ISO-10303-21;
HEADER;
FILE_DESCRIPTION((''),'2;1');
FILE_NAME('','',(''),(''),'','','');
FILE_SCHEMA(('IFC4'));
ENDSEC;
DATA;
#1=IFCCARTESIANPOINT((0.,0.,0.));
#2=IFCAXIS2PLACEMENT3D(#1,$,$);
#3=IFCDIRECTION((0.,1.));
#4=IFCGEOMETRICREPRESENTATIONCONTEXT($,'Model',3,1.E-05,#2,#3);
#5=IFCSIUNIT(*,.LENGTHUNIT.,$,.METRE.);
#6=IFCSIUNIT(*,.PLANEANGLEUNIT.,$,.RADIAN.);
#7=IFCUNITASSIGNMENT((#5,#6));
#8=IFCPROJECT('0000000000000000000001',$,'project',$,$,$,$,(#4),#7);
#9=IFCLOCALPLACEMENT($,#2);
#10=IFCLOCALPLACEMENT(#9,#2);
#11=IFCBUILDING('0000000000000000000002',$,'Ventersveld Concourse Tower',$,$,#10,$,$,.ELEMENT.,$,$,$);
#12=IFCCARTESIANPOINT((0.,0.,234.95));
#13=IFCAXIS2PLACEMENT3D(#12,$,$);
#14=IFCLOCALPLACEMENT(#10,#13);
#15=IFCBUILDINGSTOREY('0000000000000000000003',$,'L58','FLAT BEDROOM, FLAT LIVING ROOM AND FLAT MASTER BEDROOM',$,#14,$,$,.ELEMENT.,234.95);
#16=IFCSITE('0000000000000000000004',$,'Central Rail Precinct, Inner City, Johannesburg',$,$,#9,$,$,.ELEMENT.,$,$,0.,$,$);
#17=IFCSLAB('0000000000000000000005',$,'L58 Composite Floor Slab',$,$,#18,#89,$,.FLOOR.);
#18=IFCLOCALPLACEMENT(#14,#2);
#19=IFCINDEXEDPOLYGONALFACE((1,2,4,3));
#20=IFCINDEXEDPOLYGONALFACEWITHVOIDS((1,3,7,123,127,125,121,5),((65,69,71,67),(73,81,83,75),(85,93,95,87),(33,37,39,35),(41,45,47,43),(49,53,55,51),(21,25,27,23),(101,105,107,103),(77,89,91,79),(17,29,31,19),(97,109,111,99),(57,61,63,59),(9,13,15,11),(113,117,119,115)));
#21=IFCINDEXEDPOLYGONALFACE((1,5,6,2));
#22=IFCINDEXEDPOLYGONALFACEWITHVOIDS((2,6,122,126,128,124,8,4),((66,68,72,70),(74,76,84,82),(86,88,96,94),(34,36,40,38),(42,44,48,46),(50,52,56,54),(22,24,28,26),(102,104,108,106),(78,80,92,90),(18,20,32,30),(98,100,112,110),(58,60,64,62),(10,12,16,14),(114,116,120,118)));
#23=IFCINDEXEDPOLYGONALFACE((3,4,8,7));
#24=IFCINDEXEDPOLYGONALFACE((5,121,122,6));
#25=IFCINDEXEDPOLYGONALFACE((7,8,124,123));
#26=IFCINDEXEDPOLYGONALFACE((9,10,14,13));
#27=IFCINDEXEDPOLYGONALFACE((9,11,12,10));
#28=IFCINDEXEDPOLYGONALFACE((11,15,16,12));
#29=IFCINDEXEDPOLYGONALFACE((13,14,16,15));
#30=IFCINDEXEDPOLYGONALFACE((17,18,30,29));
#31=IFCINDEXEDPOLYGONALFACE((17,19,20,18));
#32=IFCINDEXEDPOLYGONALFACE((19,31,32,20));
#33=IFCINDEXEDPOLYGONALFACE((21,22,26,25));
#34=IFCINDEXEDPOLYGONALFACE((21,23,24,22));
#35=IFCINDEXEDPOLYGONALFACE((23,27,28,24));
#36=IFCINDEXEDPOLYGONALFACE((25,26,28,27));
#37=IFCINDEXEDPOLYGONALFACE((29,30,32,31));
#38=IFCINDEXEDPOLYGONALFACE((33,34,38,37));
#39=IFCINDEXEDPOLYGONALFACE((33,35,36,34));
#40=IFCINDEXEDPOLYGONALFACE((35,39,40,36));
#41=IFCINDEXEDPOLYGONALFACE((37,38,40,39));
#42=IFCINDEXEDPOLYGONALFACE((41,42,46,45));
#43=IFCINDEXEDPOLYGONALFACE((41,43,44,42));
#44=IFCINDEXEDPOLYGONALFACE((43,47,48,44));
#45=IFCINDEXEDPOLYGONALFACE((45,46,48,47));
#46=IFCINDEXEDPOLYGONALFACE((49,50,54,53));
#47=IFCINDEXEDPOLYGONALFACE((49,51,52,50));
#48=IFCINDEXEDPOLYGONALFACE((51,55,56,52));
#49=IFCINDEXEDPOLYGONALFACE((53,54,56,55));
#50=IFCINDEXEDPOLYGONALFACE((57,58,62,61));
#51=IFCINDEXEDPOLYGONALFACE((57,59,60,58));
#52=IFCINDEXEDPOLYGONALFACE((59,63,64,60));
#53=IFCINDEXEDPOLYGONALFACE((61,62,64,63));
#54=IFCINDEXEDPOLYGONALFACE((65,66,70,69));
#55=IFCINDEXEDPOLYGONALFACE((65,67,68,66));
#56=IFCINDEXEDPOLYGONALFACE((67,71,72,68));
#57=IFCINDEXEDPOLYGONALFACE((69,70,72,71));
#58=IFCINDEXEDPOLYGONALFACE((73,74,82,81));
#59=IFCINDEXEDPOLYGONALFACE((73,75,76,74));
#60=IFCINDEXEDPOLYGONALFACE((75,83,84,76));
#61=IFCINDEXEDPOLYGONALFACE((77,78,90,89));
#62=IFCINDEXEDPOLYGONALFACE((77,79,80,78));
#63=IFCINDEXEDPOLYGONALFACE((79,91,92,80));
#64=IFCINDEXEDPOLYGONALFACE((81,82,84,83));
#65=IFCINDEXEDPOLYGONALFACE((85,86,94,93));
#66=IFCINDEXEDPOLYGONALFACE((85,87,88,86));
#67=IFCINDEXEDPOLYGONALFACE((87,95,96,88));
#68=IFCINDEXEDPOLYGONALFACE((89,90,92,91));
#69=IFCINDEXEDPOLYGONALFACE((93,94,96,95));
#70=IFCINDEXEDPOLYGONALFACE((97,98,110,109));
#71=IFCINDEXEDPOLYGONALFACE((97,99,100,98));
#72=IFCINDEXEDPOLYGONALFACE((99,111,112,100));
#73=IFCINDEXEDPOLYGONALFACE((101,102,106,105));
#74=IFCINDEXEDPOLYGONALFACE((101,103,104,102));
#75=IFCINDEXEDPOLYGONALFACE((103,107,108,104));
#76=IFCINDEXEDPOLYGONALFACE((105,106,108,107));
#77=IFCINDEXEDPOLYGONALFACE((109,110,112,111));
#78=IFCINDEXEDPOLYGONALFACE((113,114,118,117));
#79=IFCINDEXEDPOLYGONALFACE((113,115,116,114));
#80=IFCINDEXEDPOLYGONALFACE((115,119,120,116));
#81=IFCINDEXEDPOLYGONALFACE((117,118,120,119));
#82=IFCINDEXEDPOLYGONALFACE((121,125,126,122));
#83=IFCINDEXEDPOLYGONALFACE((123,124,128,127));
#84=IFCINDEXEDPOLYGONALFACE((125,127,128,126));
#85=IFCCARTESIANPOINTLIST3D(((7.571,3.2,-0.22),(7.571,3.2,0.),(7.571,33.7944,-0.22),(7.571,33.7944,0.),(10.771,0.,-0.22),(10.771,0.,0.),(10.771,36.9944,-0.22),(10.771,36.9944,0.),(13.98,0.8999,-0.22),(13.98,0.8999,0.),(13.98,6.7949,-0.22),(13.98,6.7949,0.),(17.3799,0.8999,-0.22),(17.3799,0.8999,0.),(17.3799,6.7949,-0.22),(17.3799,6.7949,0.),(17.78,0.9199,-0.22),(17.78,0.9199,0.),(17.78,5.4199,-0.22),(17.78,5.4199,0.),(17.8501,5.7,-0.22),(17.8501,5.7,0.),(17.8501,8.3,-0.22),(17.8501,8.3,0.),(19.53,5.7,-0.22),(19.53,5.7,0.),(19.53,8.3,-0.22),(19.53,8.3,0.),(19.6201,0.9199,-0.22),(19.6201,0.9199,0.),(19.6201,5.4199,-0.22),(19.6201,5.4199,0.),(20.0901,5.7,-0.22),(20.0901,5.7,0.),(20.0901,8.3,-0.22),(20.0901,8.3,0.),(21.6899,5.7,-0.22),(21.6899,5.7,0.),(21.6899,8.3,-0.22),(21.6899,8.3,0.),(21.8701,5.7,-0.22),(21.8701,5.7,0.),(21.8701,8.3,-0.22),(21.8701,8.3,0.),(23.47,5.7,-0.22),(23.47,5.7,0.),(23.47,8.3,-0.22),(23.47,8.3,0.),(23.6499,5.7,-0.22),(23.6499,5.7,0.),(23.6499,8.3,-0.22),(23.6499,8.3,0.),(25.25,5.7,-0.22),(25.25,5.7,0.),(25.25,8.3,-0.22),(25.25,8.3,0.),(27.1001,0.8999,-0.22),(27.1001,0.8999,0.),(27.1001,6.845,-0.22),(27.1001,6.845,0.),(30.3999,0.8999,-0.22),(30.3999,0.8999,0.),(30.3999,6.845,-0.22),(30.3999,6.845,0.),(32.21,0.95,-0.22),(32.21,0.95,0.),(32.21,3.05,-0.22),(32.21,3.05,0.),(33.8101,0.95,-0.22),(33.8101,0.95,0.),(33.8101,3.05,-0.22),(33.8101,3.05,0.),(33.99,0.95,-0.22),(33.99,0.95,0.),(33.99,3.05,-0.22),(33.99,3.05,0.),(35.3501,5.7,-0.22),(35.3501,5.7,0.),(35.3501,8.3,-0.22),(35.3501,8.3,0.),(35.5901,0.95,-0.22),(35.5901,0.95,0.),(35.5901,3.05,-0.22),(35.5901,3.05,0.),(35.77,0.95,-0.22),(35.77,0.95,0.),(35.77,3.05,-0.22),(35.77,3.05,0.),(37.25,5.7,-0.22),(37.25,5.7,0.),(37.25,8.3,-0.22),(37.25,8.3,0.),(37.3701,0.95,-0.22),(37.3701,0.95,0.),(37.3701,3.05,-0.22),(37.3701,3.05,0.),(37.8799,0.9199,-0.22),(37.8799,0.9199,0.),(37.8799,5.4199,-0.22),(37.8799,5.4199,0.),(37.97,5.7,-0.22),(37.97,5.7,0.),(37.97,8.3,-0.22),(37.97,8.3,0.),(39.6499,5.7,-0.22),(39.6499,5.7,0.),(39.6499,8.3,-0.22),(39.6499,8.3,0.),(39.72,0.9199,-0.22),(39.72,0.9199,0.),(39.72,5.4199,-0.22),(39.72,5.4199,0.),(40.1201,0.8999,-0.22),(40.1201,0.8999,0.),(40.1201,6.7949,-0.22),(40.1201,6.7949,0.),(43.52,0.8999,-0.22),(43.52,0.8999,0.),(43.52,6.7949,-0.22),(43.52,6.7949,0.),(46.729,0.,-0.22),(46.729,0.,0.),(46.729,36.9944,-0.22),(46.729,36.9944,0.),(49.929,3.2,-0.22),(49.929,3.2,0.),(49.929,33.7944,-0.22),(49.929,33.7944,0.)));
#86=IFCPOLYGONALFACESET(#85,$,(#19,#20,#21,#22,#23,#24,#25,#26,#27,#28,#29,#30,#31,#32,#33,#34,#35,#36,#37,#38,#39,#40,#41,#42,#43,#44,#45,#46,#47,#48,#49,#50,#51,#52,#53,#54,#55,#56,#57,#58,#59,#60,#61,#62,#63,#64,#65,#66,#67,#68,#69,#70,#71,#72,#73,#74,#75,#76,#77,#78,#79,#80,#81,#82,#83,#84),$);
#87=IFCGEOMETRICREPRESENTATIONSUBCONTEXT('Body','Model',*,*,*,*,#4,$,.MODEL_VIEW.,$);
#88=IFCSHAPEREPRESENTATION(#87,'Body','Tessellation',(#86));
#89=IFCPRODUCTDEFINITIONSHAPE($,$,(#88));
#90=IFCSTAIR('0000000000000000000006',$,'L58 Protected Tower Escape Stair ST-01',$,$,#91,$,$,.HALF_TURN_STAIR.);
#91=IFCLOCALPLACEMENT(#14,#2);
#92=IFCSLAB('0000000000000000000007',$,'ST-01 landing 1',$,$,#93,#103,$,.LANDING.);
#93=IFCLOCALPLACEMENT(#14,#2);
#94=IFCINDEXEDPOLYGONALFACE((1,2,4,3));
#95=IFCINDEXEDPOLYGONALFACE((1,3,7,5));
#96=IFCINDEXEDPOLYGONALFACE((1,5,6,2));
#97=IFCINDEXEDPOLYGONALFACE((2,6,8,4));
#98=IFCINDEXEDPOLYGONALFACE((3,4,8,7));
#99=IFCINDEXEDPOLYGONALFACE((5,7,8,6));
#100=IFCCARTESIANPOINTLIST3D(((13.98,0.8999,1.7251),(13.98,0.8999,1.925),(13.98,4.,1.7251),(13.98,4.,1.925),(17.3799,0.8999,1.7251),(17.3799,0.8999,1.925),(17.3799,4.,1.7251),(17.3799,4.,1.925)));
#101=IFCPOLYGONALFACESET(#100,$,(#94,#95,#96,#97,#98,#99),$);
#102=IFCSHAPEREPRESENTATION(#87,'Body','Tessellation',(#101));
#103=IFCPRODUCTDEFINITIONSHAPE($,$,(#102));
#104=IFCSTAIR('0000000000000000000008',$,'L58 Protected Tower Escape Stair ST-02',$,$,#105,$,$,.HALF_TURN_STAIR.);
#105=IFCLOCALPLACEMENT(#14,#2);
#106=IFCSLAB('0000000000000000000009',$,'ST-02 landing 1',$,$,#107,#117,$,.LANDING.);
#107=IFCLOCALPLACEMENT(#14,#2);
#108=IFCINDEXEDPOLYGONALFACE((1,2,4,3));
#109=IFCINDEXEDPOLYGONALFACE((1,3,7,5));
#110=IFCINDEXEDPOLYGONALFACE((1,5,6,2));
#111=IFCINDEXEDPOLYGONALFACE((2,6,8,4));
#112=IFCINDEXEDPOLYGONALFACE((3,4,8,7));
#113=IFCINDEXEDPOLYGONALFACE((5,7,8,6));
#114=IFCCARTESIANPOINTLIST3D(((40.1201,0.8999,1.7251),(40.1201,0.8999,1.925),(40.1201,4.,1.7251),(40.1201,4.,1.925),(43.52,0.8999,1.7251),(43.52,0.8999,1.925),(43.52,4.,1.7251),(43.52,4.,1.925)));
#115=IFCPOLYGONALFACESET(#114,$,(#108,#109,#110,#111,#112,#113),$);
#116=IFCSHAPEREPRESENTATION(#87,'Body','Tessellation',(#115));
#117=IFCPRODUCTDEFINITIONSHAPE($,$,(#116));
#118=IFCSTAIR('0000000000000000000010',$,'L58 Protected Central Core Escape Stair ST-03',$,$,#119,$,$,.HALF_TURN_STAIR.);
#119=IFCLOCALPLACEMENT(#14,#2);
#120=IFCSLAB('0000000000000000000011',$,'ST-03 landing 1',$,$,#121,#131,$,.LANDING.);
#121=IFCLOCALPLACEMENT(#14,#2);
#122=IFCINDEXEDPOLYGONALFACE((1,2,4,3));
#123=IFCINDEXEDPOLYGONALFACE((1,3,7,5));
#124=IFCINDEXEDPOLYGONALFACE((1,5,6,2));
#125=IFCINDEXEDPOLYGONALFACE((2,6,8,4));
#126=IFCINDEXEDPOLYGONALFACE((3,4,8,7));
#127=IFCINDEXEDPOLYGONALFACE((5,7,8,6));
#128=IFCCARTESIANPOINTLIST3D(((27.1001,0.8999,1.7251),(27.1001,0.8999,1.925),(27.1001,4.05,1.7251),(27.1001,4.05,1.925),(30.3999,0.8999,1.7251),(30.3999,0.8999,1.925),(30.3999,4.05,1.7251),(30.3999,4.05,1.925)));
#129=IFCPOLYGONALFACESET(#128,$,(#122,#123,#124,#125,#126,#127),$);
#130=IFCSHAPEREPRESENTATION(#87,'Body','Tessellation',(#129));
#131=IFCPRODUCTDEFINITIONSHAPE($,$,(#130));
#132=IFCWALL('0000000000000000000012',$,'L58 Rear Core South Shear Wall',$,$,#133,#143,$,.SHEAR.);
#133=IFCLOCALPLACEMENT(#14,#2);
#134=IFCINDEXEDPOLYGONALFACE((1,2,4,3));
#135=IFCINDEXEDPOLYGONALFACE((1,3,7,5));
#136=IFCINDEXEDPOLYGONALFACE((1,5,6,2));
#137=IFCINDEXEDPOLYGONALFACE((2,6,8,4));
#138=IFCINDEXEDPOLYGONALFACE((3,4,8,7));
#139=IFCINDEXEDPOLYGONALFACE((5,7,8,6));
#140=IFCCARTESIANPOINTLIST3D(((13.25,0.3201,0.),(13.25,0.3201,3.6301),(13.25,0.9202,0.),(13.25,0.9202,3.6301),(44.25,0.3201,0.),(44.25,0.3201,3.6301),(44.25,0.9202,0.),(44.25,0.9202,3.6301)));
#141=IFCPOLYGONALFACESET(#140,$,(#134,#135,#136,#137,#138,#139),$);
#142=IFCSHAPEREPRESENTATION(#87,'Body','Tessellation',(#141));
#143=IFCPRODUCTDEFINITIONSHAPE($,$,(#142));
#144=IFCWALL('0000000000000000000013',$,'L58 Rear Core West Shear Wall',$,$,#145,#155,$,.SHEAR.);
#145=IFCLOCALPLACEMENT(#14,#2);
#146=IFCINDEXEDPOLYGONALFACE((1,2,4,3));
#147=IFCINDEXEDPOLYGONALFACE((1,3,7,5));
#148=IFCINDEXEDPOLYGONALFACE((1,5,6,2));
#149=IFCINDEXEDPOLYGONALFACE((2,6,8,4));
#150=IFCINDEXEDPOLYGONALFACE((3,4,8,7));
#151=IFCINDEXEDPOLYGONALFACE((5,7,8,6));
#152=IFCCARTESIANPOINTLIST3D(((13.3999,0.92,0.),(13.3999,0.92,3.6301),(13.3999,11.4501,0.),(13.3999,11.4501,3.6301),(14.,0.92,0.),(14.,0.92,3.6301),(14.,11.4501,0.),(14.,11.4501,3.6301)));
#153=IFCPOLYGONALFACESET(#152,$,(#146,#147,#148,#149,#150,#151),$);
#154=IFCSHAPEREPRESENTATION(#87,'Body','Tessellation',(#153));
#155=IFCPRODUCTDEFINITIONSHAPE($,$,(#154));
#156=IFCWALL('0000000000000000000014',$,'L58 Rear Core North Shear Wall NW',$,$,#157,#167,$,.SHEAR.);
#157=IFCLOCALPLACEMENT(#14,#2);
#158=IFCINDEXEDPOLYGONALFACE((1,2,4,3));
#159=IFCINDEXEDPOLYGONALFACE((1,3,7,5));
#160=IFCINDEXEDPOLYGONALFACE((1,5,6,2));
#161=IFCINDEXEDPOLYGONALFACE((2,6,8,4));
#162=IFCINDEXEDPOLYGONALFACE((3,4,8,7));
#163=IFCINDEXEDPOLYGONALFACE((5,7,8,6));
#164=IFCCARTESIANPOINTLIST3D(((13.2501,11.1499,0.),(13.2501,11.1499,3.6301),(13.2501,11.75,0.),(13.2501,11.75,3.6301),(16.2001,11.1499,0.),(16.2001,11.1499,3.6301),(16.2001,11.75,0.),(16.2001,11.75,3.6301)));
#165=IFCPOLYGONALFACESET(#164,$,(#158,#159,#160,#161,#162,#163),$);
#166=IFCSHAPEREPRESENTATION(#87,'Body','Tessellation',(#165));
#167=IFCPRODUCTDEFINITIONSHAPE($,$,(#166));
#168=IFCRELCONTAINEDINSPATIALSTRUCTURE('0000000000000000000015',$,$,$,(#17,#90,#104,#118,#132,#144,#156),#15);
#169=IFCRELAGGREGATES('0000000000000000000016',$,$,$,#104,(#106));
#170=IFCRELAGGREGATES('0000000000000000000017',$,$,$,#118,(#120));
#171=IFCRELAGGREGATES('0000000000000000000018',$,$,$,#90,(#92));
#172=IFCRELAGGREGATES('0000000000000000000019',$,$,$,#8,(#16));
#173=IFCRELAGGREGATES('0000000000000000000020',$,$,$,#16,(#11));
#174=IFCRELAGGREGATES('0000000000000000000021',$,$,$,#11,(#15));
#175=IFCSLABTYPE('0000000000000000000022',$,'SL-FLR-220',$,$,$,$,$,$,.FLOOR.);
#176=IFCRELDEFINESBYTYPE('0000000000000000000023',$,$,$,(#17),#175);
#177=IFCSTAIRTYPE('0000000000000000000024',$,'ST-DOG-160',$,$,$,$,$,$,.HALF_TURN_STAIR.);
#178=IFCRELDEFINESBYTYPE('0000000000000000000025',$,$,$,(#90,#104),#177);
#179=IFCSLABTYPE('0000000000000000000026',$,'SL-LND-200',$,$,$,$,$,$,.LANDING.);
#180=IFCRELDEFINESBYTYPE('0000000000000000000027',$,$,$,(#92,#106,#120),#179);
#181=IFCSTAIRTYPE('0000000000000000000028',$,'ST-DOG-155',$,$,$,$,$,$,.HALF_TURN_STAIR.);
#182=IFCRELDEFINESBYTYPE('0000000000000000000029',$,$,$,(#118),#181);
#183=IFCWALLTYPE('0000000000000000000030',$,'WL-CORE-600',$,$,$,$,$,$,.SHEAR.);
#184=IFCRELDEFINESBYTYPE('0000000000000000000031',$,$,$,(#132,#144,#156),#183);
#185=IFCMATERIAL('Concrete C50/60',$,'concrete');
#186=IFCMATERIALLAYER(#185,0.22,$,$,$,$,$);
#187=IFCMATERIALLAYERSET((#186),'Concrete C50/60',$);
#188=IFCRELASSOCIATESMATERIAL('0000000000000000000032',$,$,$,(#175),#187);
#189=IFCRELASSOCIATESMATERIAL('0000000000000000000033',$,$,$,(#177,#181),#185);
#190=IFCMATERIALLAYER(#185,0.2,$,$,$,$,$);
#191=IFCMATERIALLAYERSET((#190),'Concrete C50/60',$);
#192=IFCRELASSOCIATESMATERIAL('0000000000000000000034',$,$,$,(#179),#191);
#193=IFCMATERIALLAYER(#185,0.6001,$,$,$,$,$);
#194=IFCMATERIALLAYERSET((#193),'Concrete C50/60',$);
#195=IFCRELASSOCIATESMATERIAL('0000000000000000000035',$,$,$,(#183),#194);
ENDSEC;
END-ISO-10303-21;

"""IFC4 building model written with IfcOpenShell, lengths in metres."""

from ifc_helpers import new_model, si_unit, direction, frame, frame_2d, origin, place, context, subcontext, project, spatial, polyline, rectangle, outline, extrude, material, layer, layer_set, type_object, element, aggregate, save


model = new_model("IFC4")

# Units and contexts
model_context = context("Model", 3, precision=1e-05, world=origin(), true_north=direction((0.0, 1.0)))
body_context = subcontext(model_context, "Body", "Model", "MODEL_VIEW")
ifc_project = project(units=[si_unit("LENGTHUNIT", "METRE"), si_unit("PLANEANGLEUNIT", "RADIAN")], contexts=[model_context])

# Site, building, storey
site_placement = place(None, origin())
site = spatial("IfcSite", under=ifc_project, at=site_placement, Name="Central Rail Precinct, Inner City, Johannesburg", CompositionType="ELEMENT", RefElevation=0.0)
building_placement = place(site_placement, origin())
building = spatial("IfcBuilding", under=site, at=building_placement, Name="Ventersveld Concourse Tower", CompositionType="ELEMENT")
storey_placement = place(building_placement, frame((0.0, 0.0, 234.95)))
storey = spatial("IfcBuildingStorey", under=building, at=storey_placement, Name="L58", Description="FLAT BEDROOM, FLAT LIVING ROOM AND FLAT MASTER BEDROOM", CompositionType="ELEMENT", Elevation=234.95)

# Shared definitions
ifc_material_1 = material(Name="Concrete C50/60", Category="concrete")

# Slab
ifc_layer_1 = layer(ifc_material_1, 0.22)
ifc_layer_set_1 = layer_set([ifc_layer_1], Name="Concrete C50/60")
slab_type_1 = type_object("IfcSlabType", Name="SL-FLR-220", PredefinedType="FLOOR", material=ifc_layer_set_1)
slab_1_placement = place(storey_placement, frame((0.0, 0.0, -0.22)))
element("IfcSlab", 1, at=slab_1_placement, inside=storey, type_object=slab_type_1, Name="L58 Composite Floor Slab", PredefinedType="FLOOR", context=body_context, shape_type="SweptSolid", body=[
    extrude(outline(polyline([(10.771, 0.0), (46.729, 0.0), (49.929, 3.2), (49.929, 33.7944), (46.729, 36.9944), (10.771, 36.9944), (7.571, 33.7944), (7.571, 3.2), (10.771, 0.0)]), holes=[polyline([(13.98, 6.7949), (13.98, 0.8999), (17.3799, 0.8999), (17.3799, 6.7949), (13.98, 6.7949)]), polyline([(40.1201, 6.7949), (40.1201, 0.8999), (43.52, 0.8999), (43.52, 6.7949), (40.1201, 6.7949)]), polyline([(27.1001, 6.845), (27.1001, 0.8999), (30.3999, 0.8999), (30.3999, 6.845), (27.1001, 6.845)]), polyline([(17.8501, 5.7), (19.53, 5.7), (19.53, 8.3), (17.8501, 8.3), (17.8501, 5.7)]), polyline([(37.97, 5.7), (39.6499, 5.7), (39.6499, 8.3), (37.97, 8.3), (37.97, 5.7)]), polyline([(35.3501, 5.7), (37.25, 5.7), (37.25, 8.3), (35.3501, 8.3), (35.3501, 5.7)]), polyline([(32.21, 0.95), (33.8101, 0.95), (33.8101, 3.05), (32.21, 3.05), (32.21, 0.95)]), polyline([(33.99, 0.95), (35.5901, 0.95), (35.5901, 3.05), (33.99, 3.05), (33.99, 0.95)]), polyline([(35.77, 0.95), (37.3701, 0.95), (37.3701, 3.05), (35.77, 3.05), (35.77, 0.95)]), polyline([(20.0901, 5.7), (21.6899, 5.7), (21.6899, 8.3), (20.0901, 8.3), (20.0901, 5.7)]), polyline([(21.8701, 5.7), (23.47, 5.7), (23.47, 8.3), (21.8701, 8.3), (21.8701, 5.7)]), polyline([(23.6499, 5.7), (25.25, 5.7), (25.25, 8.3), (23.6499, 8.3), (23.6499, 5.7)]), polyline([(17.78, 0.9199), (19.6201, 0.9199), (19.6201, 5.4199), (17.78, 5.4199), (17.78, 0.9199)]), polyline([(37.8799, 0.9199), (39.72, 0.9199), (39.72, 5.4199), (37.8799, 5.4199), (37.8799, 0.9199)])]), origin(), (0.0, 0.0, 1.0), 0.22),
])

# Stairs, slabs
stair_type_1 = type_object("IfcStairType", Name="ST-DOG-160", PredefinedType="HALF_TURN_STAIR", material=ifc_material_1)
stair_1_placement = place(storey_placement, origin())
stair_1 = element("IfcStair", 2, at=stair_1_placement, inside=storey, type_object=stair_type_1, Name="L58 Protected Tower Escape Stair ST-01", PredefinedType="HALF_TURN_STAIR")
ifc_layer_2 = layer(ifc_material_1, 0.2)
ifc_layer_set_2 = layer_set([ifc_layer_2], Name="Concrete C50/60")
slab_type_2 = type_object("IfcSlabType", Name="SL-LND-200", PredefinedType="LANDING", material=ifc_layer_set_2)
slab_2_placement = place(storey_placement, frame((0.0, 0.0, 1.7251)))
slab_2 = element("IfcSlab", 3, at=slab_2_placement, type_object=slab_type_2, Name="ST-01 landing 1", PredefinedType="LANDING", context=body_context, shape_type="SweptSolid", body=[
    extrude(outline(polyline([(13.98, 4.0), (13.98, 0.8999), (17.3799, 0.8999), (17.3799, 4.0), (13.98, 4.0)])), origin(), (0.0, 0.0, 1.0), 0.2),
])
stair_2_placement = place(storey_placement, origin())
stair_2 = element("IfcStair", 4, at=stair_2_placement, inside=storey, type_object=stair_type_1, Name="L58 Protected Tower Escape Stair ST-02", PredefinedType="HALF_TURN_STAIR")
slab_3_placement = place(storey_placement, frame((0.0, 0.0, 1.7251)))
slab_3 = element("IfcSlab", 5, at=slab_3_placement, type_object=slab_type_2, Name="ST-02 landing 1", PredefinedType="LANDING", context=body_context, shape_type="SweptSolid", body=[
    extrude(outline(polyline([(40.1201, 4.0), (40.1201, 0.8999), (43.52, 0.8999), (43.52, 4.0), (40.1201, 4.0)])), origin(), (0.0, 0.0, 1.0), 0.2),
])
aggregate(stair_2, [slab_3])
stair_type_2 = type_object("IfcStairType", Name="ST-DOG-155", PredefinedType="HALF_TURN_STAIR", material=ifc_material_1)
stair_3_placement = place(storey_placement, origin())
stair_3 = element("IfcStair", 6, at=stair_3_placement, inside=storey, type_object=stair_type_2, Name="L58 Protected Central Core Escape Stair ST-03", PredefinedType="HALF_TURN_STAIR")
slab_4_placement = place(storey_placement, frame((0.0, 0.0, 1.7251)))
slab_4 = element("IfcSlab", 7, at=slab_4_placement, type_object=slab_type_2, Name="ST-03 landing 1", PredefinedType="LANDING", context=body_context, shape_type="SweptSolid", body=[
    extrude(outline(polyline([(27.1001, 4.05), (27.1001, 0.8999), (30.3999, 0.8999), (30.3999, 4.05), (27.1001, 4.05)])), origin(), (0.0, 0.0, 1.0), 0.2),
])
aggregate(stair_3, [slab_4])

# Walls
ifc_layer_3 = layer(ifc_material_1, 0.6001)
ifc_layer_set_3 = layer_set([ifc_layer_3], Name="Concrete C50/60")
wall_type_1 = type_object("IfcWallType", Name="WL-CORE-600", PredefinedType="SHEAR", material=ifc_layer_set_3)
wall_1_placement = place(storey_placement, frame((13.25, 0.6201, 0.0), z_axis=(0.0, 0.0, 1.0), x_axis=(1.0, 0.0, 0.0)))
element("IfcWall", 8, at=wall_1_placement, inside=storey, type_object=wall_type_1, Name="L58 Rear Core South Shear Wall", PredefinedType="SHEAR", context=body_context, shape_type="SweptSolid", body=[
    extrude(rectangle(XDim=31.0, YDim=0.6001, at=frame_2d((15.5, 0.0))), origin(), (0.0, 0.0, 1.0), 3.6301),
])
wall_2_placement = place(storey_placement, frame((13.7, 0.9199, 0.0), z_axis=(0.0, 0.0, 1.0), x_axis=(0.0, 1.0, 0.0)))
element("IfcWall", 9, at=wall_2_placement, inside=storey, type_object=wall_type_1, Name="L58 Rear Core West Shear Wall", PredefinedType="SHEAR", context=body_context, shape_type="SweptSolid", body=[
    extrude(rectangle(XDim=10.53, YDim=0.6001, at=frame_2d((5.2651, 0.0))), origin(), (0.0, 0.0, 1.0), 3.6301),
])
wall_3_placement = place(storey_placement, frame((13.25, 11.45, 0.0), z_axis=(0.0, 0.0, 1.0), x_axis=(1.0, 0.0, 0.0)))
element("IfcWall", 10, at=wall_3_placement, inside=storey, type_object=wall_type_1, Name="L58 Rear Core North Shear Wall NW", PredefinedType="SHEAR", context=body_context, shape_type="SweptSolid", body=[
    extrude(rectangle(XDim=2.95, YDim=0.6001, at=frame_2d((1.4751, 0.0))), origin(), (0.0, 0.0, 1.0), 3.6301),
])

aggregate(stair_1, [slab_2])

save(model, "model.ifc")
